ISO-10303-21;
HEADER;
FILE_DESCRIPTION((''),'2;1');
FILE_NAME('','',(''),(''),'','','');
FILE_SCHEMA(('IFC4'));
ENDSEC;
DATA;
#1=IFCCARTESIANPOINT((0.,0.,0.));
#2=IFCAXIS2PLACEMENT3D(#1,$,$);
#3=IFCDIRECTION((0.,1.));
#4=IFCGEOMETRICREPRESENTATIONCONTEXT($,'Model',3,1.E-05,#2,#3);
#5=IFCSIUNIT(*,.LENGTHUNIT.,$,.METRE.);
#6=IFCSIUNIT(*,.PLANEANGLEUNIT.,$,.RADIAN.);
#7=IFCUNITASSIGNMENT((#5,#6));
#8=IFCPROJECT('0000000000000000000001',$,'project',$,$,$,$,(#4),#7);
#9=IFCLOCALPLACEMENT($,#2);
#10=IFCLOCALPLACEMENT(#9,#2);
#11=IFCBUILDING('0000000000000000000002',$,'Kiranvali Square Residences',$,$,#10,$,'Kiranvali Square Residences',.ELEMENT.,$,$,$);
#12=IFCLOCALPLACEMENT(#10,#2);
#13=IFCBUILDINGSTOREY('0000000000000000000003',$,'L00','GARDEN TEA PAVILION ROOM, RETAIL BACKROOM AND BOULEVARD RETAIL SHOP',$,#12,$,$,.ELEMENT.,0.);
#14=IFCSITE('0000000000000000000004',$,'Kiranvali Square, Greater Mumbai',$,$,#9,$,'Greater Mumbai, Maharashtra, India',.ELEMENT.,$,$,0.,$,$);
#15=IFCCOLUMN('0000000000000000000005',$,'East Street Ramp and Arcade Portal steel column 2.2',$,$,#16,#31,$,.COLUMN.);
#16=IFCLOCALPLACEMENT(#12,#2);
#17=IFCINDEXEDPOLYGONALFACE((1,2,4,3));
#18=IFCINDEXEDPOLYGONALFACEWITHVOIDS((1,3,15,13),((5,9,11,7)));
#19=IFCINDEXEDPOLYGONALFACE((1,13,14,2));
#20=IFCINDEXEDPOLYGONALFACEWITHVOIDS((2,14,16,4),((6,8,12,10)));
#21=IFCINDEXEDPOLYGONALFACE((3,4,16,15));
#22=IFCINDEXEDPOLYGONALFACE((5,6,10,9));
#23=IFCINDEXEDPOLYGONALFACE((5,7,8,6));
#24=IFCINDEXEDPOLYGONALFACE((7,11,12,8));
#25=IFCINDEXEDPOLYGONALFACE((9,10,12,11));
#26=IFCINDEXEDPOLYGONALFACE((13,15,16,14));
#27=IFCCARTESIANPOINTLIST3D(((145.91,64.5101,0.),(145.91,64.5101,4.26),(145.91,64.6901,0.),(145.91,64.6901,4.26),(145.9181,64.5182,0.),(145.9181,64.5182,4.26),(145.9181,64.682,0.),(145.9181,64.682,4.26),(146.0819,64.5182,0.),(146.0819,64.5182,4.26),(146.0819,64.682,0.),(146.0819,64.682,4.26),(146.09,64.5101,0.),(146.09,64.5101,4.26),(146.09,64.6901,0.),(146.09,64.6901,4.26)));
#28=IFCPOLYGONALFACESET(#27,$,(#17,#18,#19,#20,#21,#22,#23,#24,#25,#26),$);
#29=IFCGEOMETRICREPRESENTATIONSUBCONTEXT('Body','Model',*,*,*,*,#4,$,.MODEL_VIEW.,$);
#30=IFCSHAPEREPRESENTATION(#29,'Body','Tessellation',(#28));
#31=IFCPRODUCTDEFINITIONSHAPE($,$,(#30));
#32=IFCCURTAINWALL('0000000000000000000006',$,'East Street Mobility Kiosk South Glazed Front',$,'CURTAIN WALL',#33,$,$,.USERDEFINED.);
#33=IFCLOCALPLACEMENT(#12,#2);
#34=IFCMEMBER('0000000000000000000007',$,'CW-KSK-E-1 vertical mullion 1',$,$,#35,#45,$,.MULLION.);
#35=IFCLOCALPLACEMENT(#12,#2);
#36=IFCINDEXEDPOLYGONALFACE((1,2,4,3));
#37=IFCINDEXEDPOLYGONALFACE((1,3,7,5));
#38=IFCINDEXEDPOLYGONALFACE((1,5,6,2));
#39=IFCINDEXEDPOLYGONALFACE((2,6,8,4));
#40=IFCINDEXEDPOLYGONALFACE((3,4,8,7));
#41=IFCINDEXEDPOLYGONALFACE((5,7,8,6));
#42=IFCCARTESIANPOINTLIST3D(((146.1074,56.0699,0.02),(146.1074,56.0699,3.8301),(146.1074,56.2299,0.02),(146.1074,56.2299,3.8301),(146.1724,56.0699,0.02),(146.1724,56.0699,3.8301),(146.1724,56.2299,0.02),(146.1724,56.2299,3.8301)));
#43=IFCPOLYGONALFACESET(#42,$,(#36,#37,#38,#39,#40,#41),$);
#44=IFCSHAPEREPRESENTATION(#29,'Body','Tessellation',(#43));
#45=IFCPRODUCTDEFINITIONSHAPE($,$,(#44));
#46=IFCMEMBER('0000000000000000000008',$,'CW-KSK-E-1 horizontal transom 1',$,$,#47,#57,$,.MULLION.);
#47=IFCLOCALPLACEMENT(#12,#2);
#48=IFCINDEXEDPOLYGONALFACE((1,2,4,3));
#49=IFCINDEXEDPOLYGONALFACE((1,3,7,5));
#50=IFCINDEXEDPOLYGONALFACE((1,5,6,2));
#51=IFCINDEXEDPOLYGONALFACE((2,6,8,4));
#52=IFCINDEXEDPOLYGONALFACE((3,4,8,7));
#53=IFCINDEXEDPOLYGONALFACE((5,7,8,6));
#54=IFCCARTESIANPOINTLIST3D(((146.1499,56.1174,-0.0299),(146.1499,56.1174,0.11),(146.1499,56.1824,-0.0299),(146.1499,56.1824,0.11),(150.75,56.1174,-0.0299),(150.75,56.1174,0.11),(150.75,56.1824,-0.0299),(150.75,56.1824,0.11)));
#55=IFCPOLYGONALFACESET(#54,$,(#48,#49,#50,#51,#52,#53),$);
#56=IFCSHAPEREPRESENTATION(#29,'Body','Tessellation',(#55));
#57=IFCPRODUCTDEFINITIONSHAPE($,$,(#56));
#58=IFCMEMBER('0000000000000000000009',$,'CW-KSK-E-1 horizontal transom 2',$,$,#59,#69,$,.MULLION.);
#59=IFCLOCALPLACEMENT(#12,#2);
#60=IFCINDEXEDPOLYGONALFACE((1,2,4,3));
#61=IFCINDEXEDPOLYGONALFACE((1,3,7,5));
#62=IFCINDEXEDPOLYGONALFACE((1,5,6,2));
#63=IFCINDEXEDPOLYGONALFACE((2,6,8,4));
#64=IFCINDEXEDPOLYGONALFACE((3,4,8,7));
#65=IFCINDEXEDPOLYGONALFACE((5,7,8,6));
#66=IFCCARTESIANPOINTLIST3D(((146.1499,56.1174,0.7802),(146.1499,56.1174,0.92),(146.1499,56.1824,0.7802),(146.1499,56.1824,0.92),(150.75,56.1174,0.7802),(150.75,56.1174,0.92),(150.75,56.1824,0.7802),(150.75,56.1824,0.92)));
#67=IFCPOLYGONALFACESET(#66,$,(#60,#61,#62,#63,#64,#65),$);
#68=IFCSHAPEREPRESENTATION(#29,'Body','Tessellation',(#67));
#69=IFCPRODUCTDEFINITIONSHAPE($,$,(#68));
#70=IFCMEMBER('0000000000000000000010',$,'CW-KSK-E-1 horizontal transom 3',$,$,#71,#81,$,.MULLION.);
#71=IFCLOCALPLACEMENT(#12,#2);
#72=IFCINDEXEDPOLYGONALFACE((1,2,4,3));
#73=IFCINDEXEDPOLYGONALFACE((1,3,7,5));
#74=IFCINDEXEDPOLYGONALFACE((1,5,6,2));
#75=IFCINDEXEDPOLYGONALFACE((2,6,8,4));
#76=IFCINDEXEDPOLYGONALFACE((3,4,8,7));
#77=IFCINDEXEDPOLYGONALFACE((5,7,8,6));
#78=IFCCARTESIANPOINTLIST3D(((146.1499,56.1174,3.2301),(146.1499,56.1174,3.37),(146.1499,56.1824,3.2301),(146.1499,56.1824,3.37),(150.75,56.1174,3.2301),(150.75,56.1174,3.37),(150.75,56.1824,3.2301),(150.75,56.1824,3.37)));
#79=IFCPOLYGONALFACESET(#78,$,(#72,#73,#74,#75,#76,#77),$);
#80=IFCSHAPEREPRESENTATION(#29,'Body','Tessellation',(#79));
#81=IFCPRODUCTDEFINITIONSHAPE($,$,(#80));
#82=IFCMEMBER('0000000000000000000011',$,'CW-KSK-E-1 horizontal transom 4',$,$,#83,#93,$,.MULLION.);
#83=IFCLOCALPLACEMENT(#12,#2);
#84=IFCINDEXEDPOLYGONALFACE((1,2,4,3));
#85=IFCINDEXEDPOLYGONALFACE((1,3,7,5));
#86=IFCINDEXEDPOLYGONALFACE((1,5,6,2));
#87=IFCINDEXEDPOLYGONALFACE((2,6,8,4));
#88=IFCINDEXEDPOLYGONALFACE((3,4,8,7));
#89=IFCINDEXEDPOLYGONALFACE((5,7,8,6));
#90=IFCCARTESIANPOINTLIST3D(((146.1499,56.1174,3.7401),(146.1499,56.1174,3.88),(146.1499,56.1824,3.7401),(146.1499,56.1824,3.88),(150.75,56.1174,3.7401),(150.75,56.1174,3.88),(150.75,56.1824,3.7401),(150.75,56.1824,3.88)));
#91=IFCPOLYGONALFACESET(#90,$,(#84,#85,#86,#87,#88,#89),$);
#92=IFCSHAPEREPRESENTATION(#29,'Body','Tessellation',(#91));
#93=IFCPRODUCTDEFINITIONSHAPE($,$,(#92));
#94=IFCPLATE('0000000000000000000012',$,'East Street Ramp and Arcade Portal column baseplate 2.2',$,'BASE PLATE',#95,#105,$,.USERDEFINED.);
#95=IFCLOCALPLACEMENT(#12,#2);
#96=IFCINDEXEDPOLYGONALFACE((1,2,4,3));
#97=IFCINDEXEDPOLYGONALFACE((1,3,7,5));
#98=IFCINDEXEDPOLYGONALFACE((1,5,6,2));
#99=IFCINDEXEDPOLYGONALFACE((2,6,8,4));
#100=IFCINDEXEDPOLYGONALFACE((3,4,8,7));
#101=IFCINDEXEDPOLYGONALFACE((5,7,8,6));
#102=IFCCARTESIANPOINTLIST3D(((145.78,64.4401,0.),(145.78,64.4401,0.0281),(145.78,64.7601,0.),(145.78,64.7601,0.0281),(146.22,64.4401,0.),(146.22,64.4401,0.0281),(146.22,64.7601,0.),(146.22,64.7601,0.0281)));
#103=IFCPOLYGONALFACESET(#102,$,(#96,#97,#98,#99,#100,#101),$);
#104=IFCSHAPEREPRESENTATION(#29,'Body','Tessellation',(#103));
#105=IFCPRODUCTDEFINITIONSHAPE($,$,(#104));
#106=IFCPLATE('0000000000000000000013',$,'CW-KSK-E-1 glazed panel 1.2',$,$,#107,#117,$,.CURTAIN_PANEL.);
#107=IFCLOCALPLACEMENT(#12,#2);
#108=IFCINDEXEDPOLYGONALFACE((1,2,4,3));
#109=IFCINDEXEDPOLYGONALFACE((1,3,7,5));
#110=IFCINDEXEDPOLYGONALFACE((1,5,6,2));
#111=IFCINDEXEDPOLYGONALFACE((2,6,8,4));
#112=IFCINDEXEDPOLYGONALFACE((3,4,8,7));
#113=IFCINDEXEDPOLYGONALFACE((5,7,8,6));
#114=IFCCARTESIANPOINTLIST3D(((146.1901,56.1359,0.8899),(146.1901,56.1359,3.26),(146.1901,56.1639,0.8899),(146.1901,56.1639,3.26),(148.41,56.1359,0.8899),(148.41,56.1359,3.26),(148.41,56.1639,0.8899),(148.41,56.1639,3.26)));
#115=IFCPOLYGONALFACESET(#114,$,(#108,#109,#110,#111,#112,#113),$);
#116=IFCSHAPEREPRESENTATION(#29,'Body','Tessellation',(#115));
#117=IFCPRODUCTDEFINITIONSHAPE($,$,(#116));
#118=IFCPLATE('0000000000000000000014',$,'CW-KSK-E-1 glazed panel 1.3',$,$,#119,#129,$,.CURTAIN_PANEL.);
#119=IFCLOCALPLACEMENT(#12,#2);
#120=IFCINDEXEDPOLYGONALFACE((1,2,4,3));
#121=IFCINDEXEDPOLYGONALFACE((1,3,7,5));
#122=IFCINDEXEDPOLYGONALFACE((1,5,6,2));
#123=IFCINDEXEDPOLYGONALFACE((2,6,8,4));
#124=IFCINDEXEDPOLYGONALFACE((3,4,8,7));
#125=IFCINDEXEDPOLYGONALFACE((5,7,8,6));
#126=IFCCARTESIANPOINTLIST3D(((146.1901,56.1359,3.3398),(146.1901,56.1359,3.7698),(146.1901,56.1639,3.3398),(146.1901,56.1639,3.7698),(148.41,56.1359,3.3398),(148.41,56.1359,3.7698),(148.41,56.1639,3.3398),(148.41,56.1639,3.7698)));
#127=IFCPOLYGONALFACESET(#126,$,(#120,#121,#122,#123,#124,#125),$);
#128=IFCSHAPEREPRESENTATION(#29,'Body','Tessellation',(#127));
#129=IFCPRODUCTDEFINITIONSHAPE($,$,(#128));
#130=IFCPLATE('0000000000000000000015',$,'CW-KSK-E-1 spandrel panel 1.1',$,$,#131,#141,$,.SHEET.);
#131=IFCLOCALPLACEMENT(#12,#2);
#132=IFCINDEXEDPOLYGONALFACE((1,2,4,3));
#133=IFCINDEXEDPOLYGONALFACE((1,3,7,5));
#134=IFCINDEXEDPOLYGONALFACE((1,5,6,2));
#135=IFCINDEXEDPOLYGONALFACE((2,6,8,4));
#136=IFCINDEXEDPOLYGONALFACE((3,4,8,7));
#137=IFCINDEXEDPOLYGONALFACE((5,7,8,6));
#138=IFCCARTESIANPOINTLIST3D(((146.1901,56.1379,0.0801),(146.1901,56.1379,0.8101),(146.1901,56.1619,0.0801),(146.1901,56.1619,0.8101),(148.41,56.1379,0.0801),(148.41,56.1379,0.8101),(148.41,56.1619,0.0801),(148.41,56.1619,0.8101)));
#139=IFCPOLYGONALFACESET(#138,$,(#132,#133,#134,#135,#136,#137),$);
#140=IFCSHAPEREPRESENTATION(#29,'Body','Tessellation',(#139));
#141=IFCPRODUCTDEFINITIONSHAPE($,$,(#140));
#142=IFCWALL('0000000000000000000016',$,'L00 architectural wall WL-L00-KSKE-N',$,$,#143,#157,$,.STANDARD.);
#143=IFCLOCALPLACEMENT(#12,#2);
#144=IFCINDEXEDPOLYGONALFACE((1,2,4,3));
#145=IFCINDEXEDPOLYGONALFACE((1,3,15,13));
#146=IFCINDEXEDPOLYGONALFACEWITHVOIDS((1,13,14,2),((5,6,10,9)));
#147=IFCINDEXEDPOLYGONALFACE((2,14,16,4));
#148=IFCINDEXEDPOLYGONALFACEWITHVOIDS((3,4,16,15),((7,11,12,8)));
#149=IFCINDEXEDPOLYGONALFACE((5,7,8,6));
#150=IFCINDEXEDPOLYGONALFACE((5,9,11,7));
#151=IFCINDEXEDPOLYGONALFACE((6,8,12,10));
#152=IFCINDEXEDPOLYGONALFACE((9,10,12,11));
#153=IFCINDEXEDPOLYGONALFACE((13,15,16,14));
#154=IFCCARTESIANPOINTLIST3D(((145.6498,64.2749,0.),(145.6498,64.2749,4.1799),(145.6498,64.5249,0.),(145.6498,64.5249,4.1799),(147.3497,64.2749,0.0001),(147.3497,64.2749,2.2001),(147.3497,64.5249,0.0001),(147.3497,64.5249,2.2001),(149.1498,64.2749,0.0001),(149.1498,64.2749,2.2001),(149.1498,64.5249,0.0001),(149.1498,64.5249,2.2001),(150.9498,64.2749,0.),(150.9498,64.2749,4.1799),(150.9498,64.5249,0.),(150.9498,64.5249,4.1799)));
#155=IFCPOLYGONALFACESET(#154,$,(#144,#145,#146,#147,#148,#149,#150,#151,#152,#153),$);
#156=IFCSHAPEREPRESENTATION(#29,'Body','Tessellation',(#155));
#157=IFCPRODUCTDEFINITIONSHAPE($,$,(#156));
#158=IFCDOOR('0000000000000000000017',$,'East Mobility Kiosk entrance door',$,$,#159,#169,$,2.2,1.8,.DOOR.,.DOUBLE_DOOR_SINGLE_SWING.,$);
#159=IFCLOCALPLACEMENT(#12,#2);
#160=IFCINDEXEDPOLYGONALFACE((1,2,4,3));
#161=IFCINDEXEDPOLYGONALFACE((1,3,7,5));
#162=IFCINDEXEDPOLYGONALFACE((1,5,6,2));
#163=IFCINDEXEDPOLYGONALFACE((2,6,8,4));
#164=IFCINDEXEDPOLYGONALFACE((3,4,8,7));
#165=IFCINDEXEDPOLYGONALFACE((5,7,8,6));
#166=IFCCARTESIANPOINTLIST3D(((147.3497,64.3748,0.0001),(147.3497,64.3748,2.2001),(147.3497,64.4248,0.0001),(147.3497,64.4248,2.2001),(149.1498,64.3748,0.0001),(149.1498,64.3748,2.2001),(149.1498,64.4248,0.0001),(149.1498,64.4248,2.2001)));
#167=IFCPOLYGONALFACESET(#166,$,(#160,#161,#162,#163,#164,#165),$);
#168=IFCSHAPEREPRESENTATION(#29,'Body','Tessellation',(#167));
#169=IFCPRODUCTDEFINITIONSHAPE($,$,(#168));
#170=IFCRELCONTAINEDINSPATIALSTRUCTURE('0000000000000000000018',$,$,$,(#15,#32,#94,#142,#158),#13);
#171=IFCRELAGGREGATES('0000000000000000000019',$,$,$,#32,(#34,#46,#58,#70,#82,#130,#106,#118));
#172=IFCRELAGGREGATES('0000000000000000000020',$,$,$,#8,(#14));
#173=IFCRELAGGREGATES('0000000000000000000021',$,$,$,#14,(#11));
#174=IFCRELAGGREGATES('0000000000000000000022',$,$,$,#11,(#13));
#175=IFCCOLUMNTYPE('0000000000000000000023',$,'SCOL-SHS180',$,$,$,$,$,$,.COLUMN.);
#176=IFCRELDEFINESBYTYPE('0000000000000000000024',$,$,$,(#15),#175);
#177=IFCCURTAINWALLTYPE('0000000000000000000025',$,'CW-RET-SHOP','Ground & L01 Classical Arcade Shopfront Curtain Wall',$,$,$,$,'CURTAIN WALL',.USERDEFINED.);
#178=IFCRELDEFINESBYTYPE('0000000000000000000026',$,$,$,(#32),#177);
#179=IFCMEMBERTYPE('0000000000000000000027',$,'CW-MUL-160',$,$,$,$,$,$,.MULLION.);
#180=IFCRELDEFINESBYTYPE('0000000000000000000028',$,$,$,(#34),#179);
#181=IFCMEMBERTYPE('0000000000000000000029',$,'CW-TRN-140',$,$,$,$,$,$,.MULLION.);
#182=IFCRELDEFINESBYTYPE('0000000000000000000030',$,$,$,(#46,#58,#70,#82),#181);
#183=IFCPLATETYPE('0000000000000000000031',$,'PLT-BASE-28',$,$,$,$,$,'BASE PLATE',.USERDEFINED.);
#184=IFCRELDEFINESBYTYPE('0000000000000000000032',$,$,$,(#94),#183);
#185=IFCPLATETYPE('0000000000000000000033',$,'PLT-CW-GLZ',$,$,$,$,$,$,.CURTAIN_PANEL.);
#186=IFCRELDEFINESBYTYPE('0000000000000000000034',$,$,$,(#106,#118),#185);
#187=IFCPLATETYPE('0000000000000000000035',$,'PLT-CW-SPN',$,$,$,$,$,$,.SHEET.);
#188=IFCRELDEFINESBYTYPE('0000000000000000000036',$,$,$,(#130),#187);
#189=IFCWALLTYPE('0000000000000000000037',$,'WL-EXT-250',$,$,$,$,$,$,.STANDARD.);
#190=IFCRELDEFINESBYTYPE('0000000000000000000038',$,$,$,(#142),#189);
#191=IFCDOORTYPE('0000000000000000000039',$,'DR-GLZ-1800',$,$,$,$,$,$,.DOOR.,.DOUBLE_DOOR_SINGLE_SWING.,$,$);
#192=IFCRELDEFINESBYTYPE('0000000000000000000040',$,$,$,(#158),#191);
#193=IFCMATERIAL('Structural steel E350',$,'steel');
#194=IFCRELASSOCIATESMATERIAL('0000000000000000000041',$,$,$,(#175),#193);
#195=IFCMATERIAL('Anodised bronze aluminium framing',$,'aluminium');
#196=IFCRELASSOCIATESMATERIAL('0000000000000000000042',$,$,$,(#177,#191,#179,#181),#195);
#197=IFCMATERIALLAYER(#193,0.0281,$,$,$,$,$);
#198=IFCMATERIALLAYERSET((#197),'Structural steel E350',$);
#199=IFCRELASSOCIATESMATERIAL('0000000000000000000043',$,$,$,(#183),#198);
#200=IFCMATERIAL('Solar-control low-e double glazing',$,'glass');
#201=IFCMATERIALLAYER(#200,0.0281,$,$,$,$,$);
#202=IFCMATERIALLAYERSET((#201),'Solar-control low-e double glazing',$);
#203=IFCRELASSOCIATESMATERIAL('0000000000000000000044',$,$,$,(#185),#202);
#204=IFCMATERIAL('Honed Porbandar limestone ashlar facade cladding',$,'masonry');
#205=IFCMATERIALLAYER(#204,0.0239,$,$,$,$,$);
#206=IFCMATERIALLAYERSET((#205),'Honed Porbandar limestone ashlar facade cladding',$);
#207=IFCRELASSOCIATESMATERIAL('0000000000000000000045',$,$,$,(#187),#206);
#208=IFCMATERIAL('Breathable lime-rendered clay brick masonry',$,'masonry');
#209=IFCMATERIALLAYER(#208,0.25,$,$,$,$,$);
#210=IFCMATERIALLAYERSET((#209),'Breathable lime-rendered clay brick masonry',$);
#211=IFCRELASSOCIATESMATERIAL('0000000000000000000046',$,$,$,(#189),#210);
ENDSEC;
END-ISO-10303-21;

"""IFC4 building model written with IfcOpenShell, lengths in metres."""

from ifc_helpers import new_model, si_unit, direction, frame, frame_2d, origin, origin_2d, place, context, subcontext, project, spatial, rectangle, hollow_rectangle, extrude, material, layer, layer_set, material_profile, profile_set, type_object, element, fill, aggregate, save


model = new_model("IFC4")

# Units and contexts
model_context = context("Model", 3, precision=1e-05, world=origin(), true_north=direction((0.0, 1.0)))
body_context = subcontext(model_context, "Body", "Model", "MODEL_VIEW")
ifc_project = project(units=[si_unit("LENGTHUNIT", "METRE"), si_unit("PLANEANGLEUNIT", "RADIAN")], contexts=[model_context])

# Site, building, storey
site_placement = place(None, origin())
site = spatial("IfcSite", under=ifc_project, at=site_placement, Name="Kiranvali Square, Greater Mumbai", LongName="Greater Mumbai, Maharashtra, India", CompositionType="ELEMENT", RefElevation=0.0)
building_placement = place(site_placement, origin())
building = spatial("IfcBuilding", under=site, at=building_placement, Name="Kiranvali Square Residences", LongName="Kiranvali Square Residences", CompositionType="ELEMENT")
storey_placement = place(building_placement, origin())
storey = spatial("IfcBuildingStorey", under=building, at=storey_placement, Name="L00", Description="GARDEN TEA PAVILION ROOM, RETAIL BACKROOM AND BOULEVARD RETAIL SHOP", CompositionType="ELEMENT", Elevation=0.0)

# Column
ifc_material_1 = material(Name="Structural steel E350", Category="steel")
ifc_material_profile_1 = material_profile(ifc_material_1, hollow_rectangle(XDim=0.1799, YDim=0.1799, WallThickness=0.0081, at=origin_2d()), Name="SHS 180x180x8.0")
ifc_profile_set_1 = profile_set([ifc_material_profile_1], Name="Structural steel E350")
column_type = type_object("IfcColumnType", Name="SCOL-SHS180", PredefinedType="COLUMN", material=ifc_profile_set_1)
column_placement = place(storey_placement, frame((146.0, 64.6001, 0.0), z_axis=(0.0, 0.0, 1.0), x_axis=(1.0, 0.0, 0.0)))
element("IfcColumn", 1, at=column_placement, inside=storey, type_object=column_type, Name="East Street Ramp and Arcade Portal steel column 2.2", PredefinedType="COLUMN", context=body_context, shape_type="SweptSolid", body=[
    extrude(hollow_rectangle(XDim=0.1799, YDim=0.1799, WallThickness=0.0081, at=origin_2d()), origin(), (0.0, 0.0, 1.0), 4.26),
])

# Curtain wall, members
ifc_material_2 = material(Name="Anodised bronze aluminium framing", Category="aluminium")
curtain_wall_type = type_object("IfcCurtainWallType", Name="CW-RET-SHOP", Description="Ground & L01 Classical Arcade Shopfront Curtain Wall", ElementType="CURTAIN WALL", PredefinedType="USERDEFINED", material=ifc_material_2)
curtain_wall_placement = place(storey_placement, origin())
curtain_wall = element("IfcCurtainWall", 2, at=curtain_wall_placement, inside=storey, type_object=curtain_wall_type, Name="East Street Mobility Kiosk South Glazed Front", ObjectType="CURTAIN WALL", PredefinedType="USERDEFINED")
ifc_material_profile_2 = material_profile(ifc_material_2, rectangle(XDim=0.0649, YDim=0.1599, at=origin_2d()), Name="ALU 65x160")
ifc_profile_set_2 = profile_set([ifc_material_profile_2], Name="Anodised bronze aluminium framing")
member_type_1 = type_object("IfcMemberType", Name="CW-MUL-160", PredefinedType="MULLION", material=ifc_profile_set_2)
member_1_placement = place(storey_placement, frame((146.1399, 56.1499, 0.02), z_axis=(0.0, 0.0, 1.0), x_axis=(1.0, 0.0, 0.0)))
member_1 = element("IfcMember", 3, at=member_1_placement, type_object=member_type_1, Name="CW-KSK-E-1 vertical mullion 1", PredefinedType="MULLION", context=body_context, shape_type="SweptSolid", body=[
    extrude(rectangle(XDim=0.0649, YDim=0.1599, at=origin_2d()), origin(), (0.0, 0.0, 1.0), 3.8101),
])
ifc_material_profile_3 = material_profile(ifc_material_2, rectangle(XDim=0.0649, YDim=0.1399, at=origin_2d()), Name="ALU 65x140")
ifc_profile_set_3 = profile_set([ifc_material_profile_3], Name="Anodised bronze aluminium framing")
member_type_2 = type_object("IfcMemberType", Name="CW-TRN-140", PredefinedType="MULLION", material=ifc_profile_set_3)
member_2_placement = place(storey_placement, frame((146.1499, 56.1499, 0.04), z_axis=(1.0, 0.0, 0.0), x_axis=(0.0, 1.0, 0.0)))
member_2 = element("IfcMember", 4, at=member_2_placement, type_object=member_type_2, Name="CW-KSK-E-1 horizontal transom 1", PredefinedType="MULLION", context=body_context, shape_type="SweptSolid", body=[
    extrude(rectangle(XDim=0.0649, YDim=0.1399, at=origin_2d()), origin(), (0.0, 0.0, 1.0), 4.6001),
])
member_3_placement = place(storey_placement, frame((146.1499, 56.1499, 0.8501), z_axis=(1.0, 0.0, 0.0), x_axis=(0.0, 1.0, 0.0)))
member_3 = element("IfcMember", 5, at=member_3_placement, type_object=member_type_2, Name="CW-KSK-E-1 horizontal transom 2", PredefinedType="MULLION", context=body_context, shape_type="SweptSolid", body=[
    extrude(rectangle(XDim=0.0649, YDim=0.1399, at=origin_2d()), origin(), (0.0, 0.0, 1.0), 4.6001),
])
member_4_placement = place(storey_placement, frame((146.1499, 56.1499, 3.3), z_axis=(1.0, 0.0, 0.0), x_axis=(0.0, 1.0, 0.0)))
member_4 = element("IfcMember", 6, at=member_4_placement, type_object=member_type_2, Name="CW-KSK-E-1 horizontal transom 3", PredefinedType="MULLION", context=body_context, shape_type="SweptSolid", body=[
    extrude(rectangle(XDim=0.0649, YDim=0.1399, at=origin_2d()), origin(), (0.0, 0.0, 1.0), 4.6001),
])
member_5_placement = place(storey_placement, frame((146.1499, 56.1499, 3.8101), z_axis=(1.0, 0.0, 0.0), x_axis=(0.0, 1.0, 0.0)))
member_5 = element("IfcMember", 7, at=member_5_placement, type_object=member_type_2, Name="CW-KSK-E-1 horizontal transom 4", PredefinedType="MULLION", context=body_context, shape_type="SweptSolid", body=[
    extrude(rectangle(XDim=0.0649, YDim=0.1399, at=origin_2d()), origin(), (0.0, 0.0, 1.0), 4.6001),
])

# Plates
ifc_layer_1 = layer(ifc_material_1, 0.0281)
ifc_layer_set_1 = layer_set([ifc_layer_1], Name="Structural steel E350")
plate_type_1 = type_object("IfcPlateType", Name="PLT-BASE-28", ElementType="BASE PLATE", PredefinedType="USERDEFINED", material=ifc_layer_set_1)
plate_1_placement = place(storey_placement, frame((146.0, 64.6001, 0.0), z_axis=(0.0, 0.0, 1.0), x_axis=(1.0, 0.0, 0.0)))
element("IfcPlate", 8, at=plate_1_placement, inside=storey, type_object=plate_type_1, Name="East Street Ramp and Arcade Portal column baseplate 2.2", ObjectType="BASE PLATE", PredefinedType="USERDEFINED", context=body_context, shape_type="SweptSolid", body=[
    extrude(rectangle(XDim=0.4399, YDim=0.3201, at=origin_2d()), origin(), (0.0, 0.0, 1.0), 0.0281),
])
ifc_material_3 = material(Name="Solar-control low-e double glazing", Category="glass")
ifc_layer_2 = layer(ifc_material_3, 0.0281)
ifc_layer_set_2 = layer_set([ifc_layer_2], Name="Solar-control low-e double glazing")
plate_type_2 = type_object("IfcPlateType", Name="PLT-CW-GLZ", PredefinedType="CURTAIN_PANEL", material=ifc_layer_set_2)
plate_2_placement = place(storey_placement, frame((147.3, 56.1499, 0.8899), z_axis=(0.0, 0.0, 1.0), x_axis=(1.0, 0.0, 0.0)))
plate_2 = element("IfcPlate", 9, at=plate_2_placement, type_object=plate_type_2, Name="CW-KSK-E-1 glazed panel 1.2", PredefinedType="CURTAIN_PANEL", context=body_context, shape_type="SweptSolid", body=[
    extrude(rectangle(XDim=2.22, YDim=0.0281, at=origin_2d()), origin(), (0.0, 0.0, 1.0), 2.3701),
])
plate_3_placement = place(storey_placement, frame((147.3, 56.1499, 3.3398), z_axis=(0.0, 0.0, 1.0), x_axis=(1.0, 0.0, 0.0)))
plate_3 = element("IfcPlate", 10, at=plate_3_placement, type_object=plate_type_2, Name="CW-KSK-E-1 glazed panel 1.3", PredefinedType="CURTAIN_PANEL", context=body_context, shape_type="SweptSolid", body=[
    extrude(rectangle(XDim=2.22, YDim=0.0281, at=origin_2d()), origin(), (0.0, 0.0, 1.0), 0.4299),
])
ifc_material_4 = material(Name="Honed Porbandar limestone ashlar facade cladding", Category="masonry")
ifc_layer_3 = layer(ifc_material_4, 0.0239)
ifc_layer_set_3 = layer_set([ifc_layer_3], Name="Honed Porbandar limestone ashlar facade cladding")
plate_type_3 = type_object("IfcPlateType", Name="PLT-CW-SPN", PredefinedType="SHEET", material=ifc_layer_set_3)
plate_4_placement = place(storey_placement, frame((147.3, 56.1499, 0.0801), z_axis=(0.0, 0.0, 1.0), x_axis=(1.0, 0.0, 0.0)))
plate_4 = element("IfcPlate", 11, at=plate_4_placement, type_object=plate_type_3, Name="CW-KSK-E-1 spandrel panel 1.1", PredefinedType="SHEET", context=body_context, shape_type="SweptSolid", body=[
    extrude(rectangle(XDim=2.22, YDim=0.0239, at=origin_2d()), origin(), (0.0, 0.0, 1.0), 0.73),
])
aggregate(curtain_wall, [member_1, member_2, member_3, member_4, member_5, plate_4, plate_2, plate_3])

# Wall, opening, door
ifc_material_5 = material(Name="Breathable lime-rendered clay brick masonry", Category="masonry")
ifc_layer_4 = layer(ifc_material_5, 0.25)
ifc_layer_set_4 = layer_set([ifc_layer_4], Name="Breathable lime-rendered clay brick masonry")
wall_type_1 = type_object("IfcWallType", Name="WL-EXT-250", PredefinedType="STANDARD", material=ifc_layer_set_4)
wall_1_placement = place(storey_placement, frame((145.6499, 64.3999, 0.0), z_axis=(0.0, 0.0, 1.0), x_axis=(1.0, 0.0, 0.0)))
wall_1 = element("IfcWall", 12, at=wall_1_placement, inside=storey, type_object=wall_type_1, Name="L00 architectural wall WL-L00-KSKE-N", PredefinedType="STANDARD", context=body_context, shape_type="SweptSolid", body=[
    extrude(rectangle(XDim=5.3, YDim=0.25, at=frame_2d((2.6499, 0.0))), origin(), (0.0, 0.0, 1.0), 4.1799),
])
opening_1_placement = place(wall_1_placement, frame((1.7, 0.0, 0.0)))
opening_1 = element("IfcOpeningElement", 13, at=opening_1_placement, cuts=wall_1, PredefinedType="OPENING", context=body_context, shape_type="SweptSolid", body=[
    extrude(rectangle(XDim=1.8, YDim=2.2, at=frame_2d((0.8999, 1.1001))), frame((0.0, 0.135, 0.0), z_axis=(0.0, -1.0, 0.0), x_axis=(1.0, 0.0, 0.0)), (0.0, 0.0, 1.0), 0.27),
])
door_type_1 = type_object("IfcDoorType", Name="DR-GLZ-1800", OperationType="DOUBLE_DOOR_SINGLE_SWING", PredefinedType="DOOR", material=ifc_material_2)
door_1_placement = place(opening_1_placement, origin())
door_1 = element("IfcDoor", 14, at=door_1_placement, inside=storey, type_object=door_type_1, Name="East Mobility Kiosk entrance door", OperationType="DOUBLE_DOOR_SINGLE_SWING", OverallHeight=2.2, OverallWidth=1.8, PredefinedType="DOOR", context=body_context, shape_type="SweptSolid", body=[
    extrude(rectangle(XDim=1.8, YDim=2.2, at=frame_2d((0.8999, 1.1001))), frame((0.0, 0.0249, 0.0), z_axis=(0.0, -1.0, 0.0), x_axis=(1.0, 0.0, 0.0)), (0.0, 0.0, 1.0), 0.05),
])
fill(opening_1, door_1)

save(model, "model.ifc")
